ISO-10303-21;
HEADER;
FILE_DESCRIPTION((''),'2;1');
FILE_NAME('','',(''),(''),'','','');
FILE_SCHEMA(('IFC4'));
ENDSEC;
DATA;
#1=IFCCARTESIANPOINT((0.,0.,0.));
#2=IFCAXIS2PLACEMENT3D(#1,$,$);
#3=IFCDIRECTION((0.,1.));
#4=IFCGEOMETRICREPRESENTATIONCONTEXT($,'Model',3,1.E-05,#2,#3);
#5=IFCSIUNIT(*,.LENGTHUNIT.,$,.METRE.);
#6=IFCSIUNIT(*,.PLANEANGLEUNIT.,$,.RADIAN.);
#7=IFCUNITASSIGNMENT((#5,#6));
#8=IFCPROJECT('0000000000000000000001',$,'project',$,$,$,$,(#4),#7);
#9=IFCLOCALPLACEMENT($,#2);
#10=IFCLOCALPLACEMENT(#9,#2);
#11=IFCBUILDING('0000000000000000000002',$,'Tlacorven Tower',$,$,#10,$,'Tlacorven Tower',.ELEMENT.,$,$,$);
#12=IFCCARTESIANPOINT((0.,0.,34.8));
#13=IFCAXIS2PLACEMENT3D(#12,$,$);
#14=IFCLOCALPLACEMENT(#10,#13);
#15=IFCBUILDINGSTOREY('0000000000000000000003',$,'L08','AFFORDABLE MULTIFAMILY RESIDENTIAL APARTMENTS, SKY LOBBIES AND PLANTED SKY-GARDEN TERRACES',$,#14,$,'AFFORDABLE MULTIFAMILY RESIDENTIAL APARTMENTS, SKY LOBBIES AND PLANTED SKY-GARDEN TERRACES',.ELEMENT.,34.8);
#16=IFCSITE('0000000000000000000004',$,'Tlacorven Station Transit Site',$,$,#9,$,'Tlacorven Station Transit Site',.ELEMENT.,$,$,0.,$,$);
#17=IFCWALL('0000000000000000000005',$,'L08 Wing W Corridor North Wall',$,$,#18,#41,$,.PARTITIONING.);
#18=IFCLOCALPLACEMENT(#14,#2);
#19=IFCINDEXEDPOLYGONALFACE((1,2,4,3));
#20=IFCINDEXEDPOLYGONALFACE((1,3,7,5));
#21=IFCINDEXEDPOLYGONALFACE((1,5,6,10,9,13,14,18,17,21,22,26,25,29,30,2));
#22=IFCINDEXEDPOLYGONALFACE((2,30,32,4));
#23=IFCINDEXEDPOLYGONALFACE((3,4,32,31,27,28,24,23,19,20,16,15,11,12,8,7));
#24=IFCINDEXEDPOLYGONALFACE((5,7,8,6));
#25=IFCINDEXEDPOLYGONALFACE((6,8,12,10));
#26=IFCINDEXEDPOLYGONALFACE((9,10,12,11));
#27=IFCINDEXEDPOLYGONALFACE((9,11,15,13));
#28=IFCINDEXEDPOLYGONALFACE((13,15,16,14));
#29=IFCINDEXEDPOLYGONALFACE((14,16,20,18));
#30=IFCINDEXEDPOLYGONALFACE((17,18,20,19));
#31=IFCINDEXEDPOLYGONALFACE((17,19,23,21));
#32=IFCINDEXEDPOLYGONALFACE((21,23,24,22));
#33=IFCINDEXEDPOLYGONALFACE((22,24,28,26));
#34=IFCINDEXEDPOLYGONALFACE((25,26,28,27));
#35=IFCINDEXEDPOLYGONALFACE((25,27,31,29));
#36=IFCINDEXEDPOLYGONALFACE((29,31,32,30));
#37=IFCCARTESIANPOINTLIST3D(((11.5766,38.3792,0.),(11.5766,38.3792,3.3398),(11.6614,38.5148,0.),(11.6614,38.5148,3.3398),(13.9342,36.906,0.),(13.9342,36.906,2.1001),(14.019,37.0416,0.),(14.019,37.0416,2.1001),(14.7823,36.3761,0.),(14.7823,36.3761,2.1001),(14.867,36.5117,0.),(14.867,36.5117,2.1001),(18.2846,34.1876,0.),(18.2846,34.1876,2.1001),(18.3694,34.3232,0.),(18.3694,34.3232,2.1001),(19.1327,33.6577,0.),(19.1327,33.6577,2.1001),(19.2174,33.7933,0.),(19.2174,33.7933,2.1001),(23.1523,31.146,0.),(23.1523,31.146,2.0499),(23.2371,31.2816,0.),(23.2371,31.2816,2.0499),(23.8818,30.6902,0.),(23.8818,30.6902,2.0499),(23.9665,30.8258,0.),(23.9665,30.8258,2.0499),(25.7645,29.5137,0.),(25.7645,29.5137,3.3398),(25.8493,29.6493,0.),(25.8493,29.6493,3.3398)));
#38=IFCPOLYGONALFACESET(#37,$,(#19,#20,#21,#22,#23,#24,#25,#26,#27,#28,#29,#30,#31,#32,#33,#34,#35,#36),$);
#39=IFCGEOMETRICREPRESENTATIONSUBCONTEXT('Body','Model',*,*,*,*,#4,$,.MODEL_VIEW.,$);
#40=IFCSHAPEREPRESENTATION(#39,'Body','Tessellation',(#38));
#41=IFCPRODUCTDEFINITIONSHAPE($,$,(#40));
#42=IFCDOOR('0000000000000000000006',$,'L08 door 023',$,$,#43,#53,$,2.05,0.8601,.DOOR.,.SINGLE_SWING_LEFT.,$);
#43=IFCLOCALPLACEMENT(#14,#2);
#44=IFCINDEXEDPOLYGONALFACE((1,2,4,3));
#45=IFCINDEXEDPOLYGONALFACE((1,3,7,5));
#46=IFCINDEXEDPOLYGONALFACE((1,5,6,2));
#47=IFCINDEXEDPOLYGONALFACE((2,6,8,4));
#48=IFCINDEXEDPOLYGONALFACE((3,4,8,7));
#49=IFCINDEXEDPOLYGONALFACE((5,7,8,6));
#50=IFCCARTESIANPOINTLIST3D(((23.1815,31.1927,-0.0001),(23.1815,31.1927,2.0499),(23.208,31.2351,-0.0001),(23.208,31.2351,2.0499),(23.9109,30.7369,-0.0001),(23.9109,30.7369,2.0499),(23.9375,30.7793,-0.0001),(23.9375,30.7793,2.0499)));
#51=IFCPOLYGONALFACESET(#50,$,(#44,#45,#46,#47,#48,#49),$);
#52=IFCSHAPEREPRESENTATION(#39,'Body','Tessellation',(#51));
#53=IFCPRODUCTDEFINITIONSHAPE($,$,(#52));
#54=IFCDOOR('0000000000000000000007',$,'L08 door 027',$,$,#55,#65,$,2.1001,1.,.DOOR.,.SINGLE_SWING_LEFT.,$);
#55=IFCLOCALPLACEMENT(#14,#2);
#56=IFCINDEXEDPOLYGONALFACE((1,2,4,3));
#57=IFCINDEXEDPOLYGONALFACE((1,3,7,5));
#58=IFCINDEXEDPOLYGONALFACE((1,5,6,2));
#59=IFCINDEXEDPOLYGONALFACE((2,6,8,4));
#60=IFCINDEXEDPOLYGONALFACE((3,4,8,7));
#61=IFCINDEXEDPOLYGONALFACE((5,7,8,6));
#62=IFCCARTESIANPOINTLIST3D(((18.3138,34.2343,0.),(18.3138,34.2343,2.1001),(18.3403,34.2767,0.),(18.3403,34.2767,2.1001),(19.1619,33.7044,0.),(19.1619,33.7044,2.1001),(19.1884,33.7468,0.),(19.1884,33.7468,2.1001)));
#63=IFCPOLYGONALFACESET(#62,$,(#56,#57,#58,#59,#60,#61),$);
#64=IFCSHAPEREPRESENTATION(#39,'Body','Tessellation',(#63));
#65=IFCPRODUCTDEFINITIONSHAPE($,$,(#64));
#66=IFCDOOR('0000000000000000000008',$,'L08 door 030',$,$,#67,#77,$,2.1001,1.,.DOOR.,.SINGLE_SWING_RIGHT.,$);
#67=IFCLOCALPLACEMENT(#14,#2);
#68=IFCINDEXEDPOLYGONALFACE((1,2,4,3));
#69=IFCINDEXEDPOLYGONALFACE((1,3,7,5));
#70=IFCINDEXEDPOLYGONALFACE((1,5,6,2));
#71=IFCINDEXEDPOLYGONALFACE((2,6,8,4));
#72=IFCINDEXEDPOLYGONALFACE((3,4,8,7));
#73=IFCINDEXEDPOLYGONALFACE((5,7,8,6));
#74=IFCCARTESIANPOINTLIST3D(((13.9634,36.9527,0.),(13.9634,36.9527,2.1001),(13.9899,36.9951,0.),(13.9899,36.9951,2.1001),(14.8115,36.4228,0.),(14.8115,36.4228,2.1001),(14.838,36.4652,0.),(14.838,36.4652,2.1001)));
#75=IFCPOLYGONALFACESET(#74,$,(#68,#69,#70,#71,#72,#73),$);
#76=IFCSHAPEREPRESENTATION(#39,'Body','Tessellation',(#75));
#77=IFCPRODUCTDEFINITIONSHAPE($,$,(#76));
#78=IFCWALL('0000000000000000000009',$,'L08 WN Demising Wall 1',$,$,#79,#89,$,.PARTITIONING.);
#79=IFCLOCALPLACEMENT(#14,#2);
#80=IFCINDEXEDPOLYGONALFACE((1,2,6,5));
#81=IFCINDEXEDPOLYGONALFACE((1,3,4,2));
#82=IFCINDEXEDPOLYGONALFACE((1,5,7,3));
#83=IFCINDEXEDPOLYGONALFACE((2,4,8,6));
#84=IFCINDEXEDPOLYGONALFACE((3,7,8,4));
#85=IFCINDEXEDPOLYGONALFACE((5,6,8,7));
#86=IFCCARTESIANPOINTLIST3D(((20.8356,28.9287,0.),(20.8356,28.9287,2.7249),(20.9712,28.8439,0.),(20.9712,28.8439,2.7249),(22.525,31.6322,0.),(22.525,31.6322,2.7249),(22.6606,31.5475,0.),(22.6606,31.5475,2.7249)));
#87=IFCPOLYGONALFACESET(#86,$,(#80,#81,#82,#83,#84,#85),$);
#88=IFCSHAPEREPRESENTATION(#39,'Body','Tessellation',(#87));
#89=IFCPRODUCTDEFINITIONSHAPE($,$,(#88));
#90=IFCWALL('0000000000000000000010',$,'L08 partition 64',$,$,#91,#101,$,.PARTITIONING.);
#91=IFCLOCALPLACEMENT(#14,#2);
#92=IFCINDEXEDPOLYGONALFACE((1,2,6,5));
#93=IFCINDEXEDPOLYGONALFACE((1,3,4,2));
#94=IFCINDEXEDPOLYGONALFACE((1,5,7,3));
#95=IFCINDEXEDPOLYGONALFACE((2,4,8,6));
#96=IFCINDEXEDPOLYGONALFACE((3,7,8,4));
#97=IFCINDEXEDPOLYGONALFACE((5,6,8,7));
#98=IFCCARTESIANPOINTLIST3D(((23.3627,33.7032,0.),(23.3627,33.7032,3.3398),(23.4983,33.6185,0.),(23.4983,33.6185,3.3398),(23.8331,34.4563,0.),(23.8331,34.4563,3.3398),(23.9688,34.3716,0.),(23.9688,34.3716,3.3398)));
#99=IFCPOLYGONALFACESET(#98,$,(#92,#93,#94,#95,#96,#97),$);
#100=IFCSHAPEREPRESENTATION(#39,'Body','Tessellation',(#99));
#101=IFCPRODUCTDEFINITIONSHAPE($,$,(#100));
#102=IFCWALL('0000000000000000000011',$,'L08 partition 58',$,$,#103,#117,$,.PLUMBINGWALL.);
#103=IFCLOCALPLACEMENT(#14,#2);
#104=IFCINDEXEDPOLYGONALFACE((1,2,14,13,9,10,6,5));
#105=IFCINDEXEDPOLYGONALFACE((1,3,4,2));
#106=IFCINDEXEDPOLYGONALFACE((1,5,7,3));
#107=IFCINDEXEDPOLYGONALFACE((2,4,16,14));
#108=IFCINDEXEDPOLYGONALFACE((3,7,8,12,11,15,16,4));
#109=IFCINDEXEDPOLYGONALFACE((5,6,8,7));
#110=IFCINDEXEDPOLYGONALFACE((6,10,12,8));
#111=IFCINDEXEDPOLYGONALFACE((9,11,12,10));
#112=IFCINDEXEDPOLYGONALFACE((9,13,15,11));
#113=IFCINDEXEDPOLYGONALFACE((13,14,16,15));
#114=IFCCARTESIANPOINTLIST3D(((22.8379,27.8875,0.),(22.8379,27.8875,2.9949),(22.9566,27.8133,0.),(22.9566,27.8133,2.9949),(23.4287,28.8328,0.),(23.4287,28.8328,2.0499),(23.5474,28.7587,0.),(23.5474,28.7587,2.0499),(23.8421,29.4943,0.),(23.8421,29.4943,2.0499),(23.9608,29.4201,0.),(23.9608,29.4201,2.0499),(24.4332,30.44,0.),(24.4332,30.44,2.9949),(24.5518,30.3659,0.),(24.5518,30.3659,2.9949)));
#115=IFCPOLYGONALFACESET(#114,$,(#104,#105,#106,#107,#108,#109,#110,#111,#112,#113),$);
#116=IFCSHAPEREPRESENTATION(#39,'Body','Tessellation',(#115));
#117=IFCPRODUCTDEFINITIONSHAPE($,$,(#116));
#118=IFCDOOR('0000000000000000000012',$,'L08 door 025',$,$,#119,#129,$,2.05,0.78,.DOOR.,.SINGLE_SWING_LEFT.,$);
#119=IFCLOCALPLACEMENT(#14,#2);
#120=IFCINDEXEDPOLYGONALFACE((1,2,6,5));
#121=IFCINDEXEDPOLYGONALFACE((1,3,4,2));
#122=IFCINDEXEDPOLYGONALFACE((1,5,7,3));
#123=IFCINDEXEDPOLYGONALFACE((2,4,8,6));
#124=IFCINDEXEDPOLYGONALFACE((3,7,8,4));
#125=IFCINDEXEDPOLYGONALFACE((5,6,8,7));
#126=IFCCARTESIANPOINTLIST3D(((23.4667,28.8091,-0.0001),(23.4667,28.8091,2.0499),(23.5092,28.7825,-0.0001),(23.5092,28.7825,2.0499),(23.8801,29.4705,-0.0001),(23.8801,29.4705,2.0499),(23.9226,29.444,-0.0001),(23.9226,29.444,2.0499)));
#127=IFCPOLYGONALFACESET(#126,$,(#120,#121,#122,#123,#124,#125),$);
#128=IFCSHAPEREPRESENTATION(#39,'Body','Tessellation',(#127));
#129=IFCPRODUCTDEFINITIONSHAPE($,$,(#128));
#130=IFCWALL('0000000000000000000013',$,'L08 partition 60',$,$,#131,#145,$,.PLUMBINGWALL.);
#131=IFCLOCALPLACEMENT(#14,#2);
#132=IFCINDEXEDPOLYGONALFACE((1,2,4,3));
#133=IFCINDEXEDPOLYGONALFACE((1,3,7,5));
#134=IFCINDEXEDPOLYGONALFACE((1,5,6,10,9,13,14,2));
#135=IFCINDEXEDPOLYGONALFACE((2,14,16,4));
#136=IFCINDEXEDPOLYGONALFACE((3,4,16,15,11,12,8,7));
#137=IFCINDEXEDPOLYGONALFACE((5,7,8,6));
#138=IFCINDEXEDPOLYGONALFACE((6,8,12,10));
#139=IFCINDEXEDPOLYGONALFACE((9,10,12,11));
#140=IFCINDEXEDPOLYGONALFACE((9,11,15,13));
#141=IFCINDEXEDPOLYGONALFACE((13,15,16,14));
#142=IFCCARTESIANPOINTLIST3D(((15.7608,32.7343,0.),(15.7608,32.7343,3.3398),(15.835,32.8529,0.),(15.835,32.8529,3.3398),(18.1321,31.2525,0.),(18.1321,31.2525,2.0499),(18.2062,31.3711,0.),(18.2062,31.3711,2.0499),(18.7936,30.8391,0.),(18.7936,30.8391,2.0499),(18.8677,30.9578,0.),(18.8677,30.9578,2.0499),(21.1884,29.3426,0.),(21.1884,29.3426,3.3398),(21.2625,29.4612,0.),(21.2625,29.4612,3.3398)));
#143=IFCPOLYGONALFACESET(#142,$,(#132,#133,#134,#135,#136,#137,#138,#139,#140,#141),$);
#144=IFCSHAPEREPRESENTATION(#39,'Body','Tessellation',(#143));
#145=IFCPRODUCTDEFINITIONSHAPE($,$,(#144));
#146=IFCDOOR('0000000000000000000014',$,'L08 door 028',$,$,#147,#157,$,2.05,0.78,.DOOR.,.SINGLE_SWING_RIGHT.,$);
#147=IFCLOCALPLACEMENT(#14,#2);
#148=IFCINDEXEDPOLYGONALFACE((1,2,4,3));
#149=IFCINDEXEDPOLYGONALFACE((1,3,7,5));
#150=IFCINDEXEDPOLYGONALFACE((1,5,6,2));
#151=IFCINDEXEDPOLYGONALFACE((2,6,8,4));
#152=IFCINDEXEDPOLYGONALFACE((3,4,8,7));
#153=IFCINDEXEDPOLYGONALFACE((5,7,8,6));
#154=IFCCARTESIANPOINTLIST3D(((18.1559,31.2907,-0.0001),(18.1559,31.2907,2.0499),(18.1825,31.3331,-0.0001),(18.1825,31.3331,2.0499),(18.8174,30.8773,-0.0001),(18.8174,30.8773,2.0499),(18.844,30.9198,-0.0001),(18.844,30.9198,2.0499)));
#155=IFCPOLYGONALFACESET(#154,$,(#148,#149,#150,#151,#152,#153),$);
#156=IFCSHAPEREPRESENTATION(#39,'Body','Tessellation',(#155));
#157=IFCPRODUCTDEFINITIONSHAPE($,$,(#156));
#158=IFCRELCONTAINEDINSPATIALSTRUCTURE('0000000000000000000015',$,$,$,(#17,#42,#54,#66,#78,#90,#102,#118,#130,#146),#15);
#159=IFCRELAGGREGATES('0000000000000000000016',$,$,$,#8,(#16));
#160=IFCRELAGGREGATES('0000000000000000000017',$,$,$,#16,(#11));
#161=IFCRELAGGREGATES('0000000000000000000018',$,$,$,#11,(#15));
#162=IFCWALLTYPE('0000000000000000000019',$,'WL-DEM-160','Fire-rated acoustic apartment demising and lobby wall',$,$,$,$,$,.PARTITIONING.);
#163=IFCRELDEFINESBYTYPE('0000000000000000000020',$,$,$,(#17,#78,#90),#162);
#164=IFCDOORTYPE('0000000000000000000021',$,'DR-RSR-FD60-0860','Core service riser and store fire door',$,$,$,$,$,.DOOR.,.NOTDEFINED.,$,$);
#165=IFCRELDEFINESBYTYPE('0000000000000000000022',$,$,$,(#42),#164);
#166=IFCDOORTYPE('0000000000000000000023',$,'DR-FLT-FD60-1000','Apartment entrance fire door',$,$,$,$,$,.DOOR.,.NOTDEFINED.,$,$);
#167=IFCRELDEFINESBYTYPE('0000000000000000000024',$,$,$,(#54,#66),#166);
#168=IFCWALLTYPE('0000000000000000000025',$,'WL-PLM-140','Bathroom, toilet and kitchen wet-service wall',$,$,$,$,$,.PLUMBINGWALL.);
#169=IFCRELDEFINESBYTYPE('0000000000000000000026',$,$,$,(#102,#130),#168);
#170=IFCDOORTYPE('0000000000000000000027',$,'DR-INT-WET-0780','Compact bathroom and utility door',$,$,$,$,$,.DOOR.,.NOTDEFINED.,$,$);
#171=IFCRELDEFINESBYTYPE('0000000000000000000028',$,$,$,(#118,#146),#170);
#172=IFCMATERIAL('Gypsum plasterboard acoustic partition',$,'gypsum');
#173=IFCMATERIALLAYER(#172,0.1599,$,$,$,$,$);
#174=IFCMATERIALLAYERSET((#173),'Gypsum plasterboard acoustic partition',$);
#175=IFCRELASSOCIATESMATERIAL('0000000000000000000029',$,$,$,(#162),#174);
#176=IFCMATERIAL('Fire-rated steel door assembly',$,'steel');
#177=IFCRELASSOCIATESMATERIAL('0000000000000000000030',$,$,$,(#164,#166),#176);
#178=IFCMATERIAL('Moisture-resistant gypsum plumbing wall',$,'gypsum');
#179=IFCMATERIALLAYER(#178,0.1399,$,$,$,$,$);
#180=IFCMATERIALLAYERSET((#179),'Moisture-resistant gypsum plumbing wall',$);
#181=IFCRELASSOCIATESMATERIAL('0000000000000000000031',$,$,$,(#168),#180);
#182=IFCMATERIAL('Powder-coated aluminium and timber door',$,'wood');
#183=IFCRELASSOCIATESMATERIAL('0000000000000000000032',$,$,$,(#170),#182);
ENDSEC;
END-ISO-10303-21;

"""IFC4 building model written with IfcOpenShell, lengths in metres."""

from ifc_helpers import new_model, si_unit, direction, frame, frame_2d, origin, place, context, subcontext, project, spatial, rectangle, extrude, source, transform, mapped, material, layer, layer_set, type_object, element, fill, save


model = new_model("IFC4")

# Units and contexts
model_context = context("Model", 3, precision=1e-05, world=origin(), true_north=direction((0.0, 1.0)))
body_context = subcontext(model_context, "Body", "Model", "MODEL_VIEW")
ifc_project = project(units=[si_unit("LENGTHUNIT", "METRE"), si_unit("PLANEANGLEUNIT", "RADIAN")], contexts=[model_context])

# Site, building, storey
site_placement = place(None, origin())
site = spatial("IfcSite", under=ifc_project, at=site_placement, Name="Tlacorven Station Transit Site", LongName="Tlacorven Station Transit Site", CompositionType="ELEMENT", RefElevation=0.0)
building_placement = place(site_placement, origin())
building = spatial("IfcBuilding", under=site, at=building_placement, Name="Tlacorven Tower", LongName="Tlacorven Tower", CompositionType="ELEMENT")
storey_placement = place(building_placement, frame((0.0, 0.0, 34.8)))
storey = spatial("IfcBuildingStorey", under=building, at=storey_placement, Name="L08", Description="AFFORDABLE MULTIFAMILY RESIDENTIAL APARTMENTS, SKY LOBBIES AND PLANTED SKY-GARDEN TERRACES", LongName="AFFORDABLE MULTIFAMILY RESIDENTIAL APARTMENTS, SKY LOBBIES AND PLANTED SKY-GARDEN TERRACES", CompositionType="ELEMENT", Elevation=34.8)

# Shared definitions
ifc_material_1 = material(Name="Gypsum plasterboard acoustic partition", Category="gypsum")
ifc_layer_1 = layer(ifc_material_1, 0.1599)
ifc_layer_set_1 = layer_set([ifc_layer_1], Name="Gypsum plasterboard acoustic partition")
wall_type_1 = type_object("IfcWallType", Name="WL-DEM-160", Description="Fire-rated acoustic apartment demising and lobby wall", PredefinedType="PARTITIONING", material=ifc_layer_set_1)

# Wall, openings, doors
wall_1_placement = place(storey_placement, frame((25.8069, 29.5815, 0.0), z_axis=(0.0, 0.0, 1.0), x_axis=(-0.848052, 0.529912, 0.0)))
wall_1 = element("IfcWall", 1, at=wall_1_placement, inside=storey, type_object=wall_type_1, Name="L08 Wing W Corridor North Wall", PredefinedType="PARTITIONING", context=body_context, shape_type="SweptSolid", body=[
    extrude(rectangle(XDim=16.73, YDim=0.1599, at=frame_2d((8.365, 0.0))), origin(), (0.0, 0.0, 1.0), 3.3398),
])
opening_1_placement = place(wall_1_placement, frame((2.22, 0.0, 0.0)))
opening_1 = element("IfcOpeningElement", 2, at=opening_1_placement, cuts=wall_1, PredefinedType="OPENING", context=body_context, shape_type="SweptSolid", body=[
    extrude(rectangle(XDim=0.8601, YDim=2.05, at=frame_2d((0.4302, 1.0249))), frame((0.0, 0.0898, 0.0), z_axis=(0.0, -1.0, 0.0), x_axis=(1.0, 0.0, 0.0)), (0.0, 0.0, 1.0), 0.1799),
])
opening_2_placement = place(wall_1_placement, frame((7.8201, 0.0, 0.0)))
opening_2 = element("IfcOpeningElement", 3, at=opening_2_placement, cuts=wall_1, PredefinedType="OPENING", context=body_context, shape_type="SweptSolid", body=[
    extrude(rectangle(XDim=1.0, YDim=2.1001, at=frame_2d((0.5, 1.05))), frame((0.0, 0.0898, 0.0), z_axis=(0.0, -1.0, 0.0), x_axis=(1.0, 0.0, 0.0)), (0.0, 0.0, 1.0), 0.1799),
])
opening_3_placement = place(wall_1_placement, frame((12.95, 0.0, 0.0)))
opening_3 = element("IfcOpeningElement", 4, at=opening_3_placement, cuts=wall_1, PredefinedType="OPENING", context=body_context, shape_type="SweptSolid", body=[
    extrude(rectangle(XDim=1.0, YDim=2.1001, at=frame_2d((0.5, 1.05))), frame((0.0, 0.0898, 0.0), z_axis=(0.0, -1.0, 0.0), x_axis=(1.0, 0.0, 0.0)), (0.0, 0.0, 1.0), 0.1799),
])
ifc_material_2 = material(Name="Fire-rated steel door assembly", Category="steel")
door_type_1 = type_object("IfcDoorType", Name="DR-RSR-FD60-0860", Description="Core service riser and store fire door", OperationType="NOTDEFINED", PredefinedType="DOOR", material=ifc_material_2)
shared_shape_1 = source(origin(), body_context, "Body", "SweptSolid", [
    extrude(rectangle(XDim=0.8601, YDim=2.05, at=frame_2d((0.4302, 1.0249))), frame((0.0, 0.0249, 0.0), z_axis=(0.0, -1.0, 0.0), x_axis=(1.0, 0.0, 0.0)), (0.0, 0.0, 1.0), 0.05),
])
door_1_placement = place(opening_1_placement, origin())
door_1 = element("IfcDoor", 5, at=door_1_placement, inside=storey, type_object=door_type_1, Name="L08 door 023", OperationType="SINGLE_SWING_LEFT", OverallHeight=2.05, OverallWidth=0.8601, PredefinedType="DOOR", context=body_context, shape_type="MappedRepresentation", body=[
    mapped(shared_shape_1, transform((0.0, 0.0, 0.0), scale=1.0)),
])
fill(opening_1, door_1)
door_type_2 = type_object("IfcDoorType", Name="DR-FLT-FD60-1000", Description="Apartment entrance fire door", OperationType="NOTDEFINED", PredefinedType="DOOR", material=ifc_material_2)
shared_shape_2 = source(origin(), body_context, "Body", "SweptSolid", [
    extrude(rectangle(XDim=1.0, YDim=2.1001, at=frame_2d((0.5, 1.05))), frame((0.0, 0.0249, 0.0), z_axis=(0.0, -1.0, 0.0), x_axis=(1.0, 0.0, 0.0)), (0.0, 0.0, 1.0), 0.05),
])
door_2_placement = place(opening_2_placement, origin())
door_2 = element("IfcDoor", 6, at=door_2_placement, inside=storey, type_object=door_type_2, Name="L08 door 027", OperationType="SINGLE_SWING_LEFT", OverallHeight=2.1001, OverallWidth=1.0, PredefinedType="DOOR", context=body_context, shape_type="MappedRepresentation", body=[
    mapped(shared_shape_2, transform((0.0, 0.0, 0.0), scale=1.0)),
])
fill(opening_2, door_2)
door_3_placement = place(opening_3_placement, origin())
door_3 = element("IfcDoor", 7, at=door_3_placement, inside=storey, type_object=door_type_2, Name="L08 door 030", OperationType="SINGLE_SWING_RIGHT", OverallHeight=2.1001, OverallWidth=1.0, PredefinedType="DOOR", context=body_context, shape_type="MappedRepresentation", body=[
    mapped(shared_shape_2, transform((0.0, 0.0, 0.0), scale=1.0)),
])
fill(opening_3, door_3)

# Walls
wall_2_placement = place(storey_placement, frame((22.5928, 31.5898, 0.0), z_axis=(0.0, 0.0, 1.0), x_axis=(-0.52993, -0.848041, 0.0)))
element("IfcWall", 8, at=wall_2_placement, inside=storey, type_object=wall_type_1, Name="L08 WN Demising Wall 1", PredefinedType="PARTITIONING", context=body_context, shape_type="SweptSolid", body=[
    extrude(rectangle(XDim=3.188, YDim=0.1599, at=frame_2d((1.594, 0.0))), origin(), (0.0, 0.0, 1.0), 2.7249),
])
wall_3_placement = place(storey_placement, frame((23.9009, 34.4138, 0.0), z_axis=(0.0, 0.0, 1.0), x_axis=(-0.529777, -0.848137, 0.0)))
element("IfcWall", 9, at=wall_3_placement, inside=storey, type_object=wall_type_1, Name="L08 partition 64", PredefinedType="PARTITIONING", context=body_context, shape_type="SweptSolid", body=[
    extrude(rectangle(XDim=0.8879, YDim=0.1599, at=frame_2d((0.4438, 0.0))), origin(), (0.0, 0.0, 1.0), 3.3398),
])

# Walls, openings, doors
ifc_material_3 = material(Name="Moisture-resistant gypsum plumbing wall", Category="gypsum")
ifc_layer_2 = layer(ifc_material_3, 0.1399)
ifc_layer_set_2 = layer_set([ifc_layer_2], Name="Moisture-resistant gypsum plumbing wall")
wall_type_2 = type_object("IfcWallType", Name="WL-PLM-140", Description="Bathroom, toilet and kitchen wet-service wall", PredefinedType="PLUMBINGWALL", material=ifc_layer_set_2)
wall_4_placement = place(storey_placement, frame((24.4924, 30.4028, 0.0), z_axis=(0.0, 0.0, 1.0), x_axis=(-0.529977, -0.848012, 0.0)))
wall_4 = element("IfcWall", 10, at=wall_4_placement, inside=storey, type_object=wall_type_2, Name="L08 partition 58", PredefinedType="PLUMBINGWALL", context=body_context, shape_type="SweptSolid", body=[
    extrude(rectangle(XDim=3.01, YDim=0.1399, at=frame_2d((1.5049, 0.0))), origin(), (0.0, 0.0, 1.0), 2.9949),
])
opening_4_placement = place(wall_4_placement, frame((1.115, 0.0, 0.0)))
opening_4 = element("IfcOpeningElement", 11, at=opening_4_placement, cuts=wall_4, PredefinedType="OPENING", context=body_context, shape_type="SweptSolid", body=[
    extrude(rectangle(XDim=0.78, YDim=2.05, at=frame_2d((0.3901, 1.0249))), frame((0.0, 0.0801, 0.0), z_axis=(0.0, -1.0, 0.0), x_axis=(1.0, 0.0, 0.0)), (0.0, 0.0, 1.0), 0.1599),
])
ifc_material_4 = material(Name="Powder-coated aluminium and timber door", Category="wood")
door_type_3 = type_object("IfcDoorType", Name="DR-INT-WET-0780", Description="Compact bathroom and utility door", OperationType="NOTDEFINED", PredefinedType="DOOR", material=ifc_material_4)
shared_shape_3 = source(origin(), body_context, "Body", "SweptSolid", [
    extrude(rectangle(XDim=0.78, YDim=2.05, at=frame_2d((0.3901, 1.0249))), frame((0.0, 0.0249, 0.0), z_axis=(0.0, -1.0, 0.0), x_axis=(1.0, 0.0, 0.0)), (0.0, 0.0, 1.0), 0.05),
])
door_4_placement = place(opening_4_placement, origin())
door_4 = element("IfcDoor", 12, at=door_4_placement, inside=storey, type_object=door_type_3, Name="L08 door 025", OperationType="SINGLE_SWING_LEFT", OverallHeight=2.05, OverallWidth=0.78, PredefinedType="DOOR", context=body_context, shape_type="MappedRepresentation", body=[
    mapped(shared_shape_3, transform((0.0, 0.0, 0.0), scale=1.0)),
])
fill(opening_4, door_4)
wall_5_placement = place(storey_placement, frame((21.2256, 29.4019, 0.0), z_axis=(0.0, 0.0, 1.0), x_axis=(-0.848039, 0.529934, 0.0)))
wall_5 = element("IfcWall", 13, at=wall_5_placement, inside=storey, type_object=wall_type_2, Name="L08 partition 60", PredefinedType="PLUMBINGWALL", context=body_context, shape_type="SweptSolid", body=[
    extrude(rectangle(XDim=6.4001, YDim=0.1399, at=frame_2d((3.2002, 0.0))), origin(), (0.0, 0.0, 1.0), 3.3398),
])
opening_5_placement = place(wall_5_placement, frame((2.824, 0.0, 0.0)))
opening_5 = element("IfcOpeningElement", 14, at=opening_5_placement, cuts=wall_5, PredefinedType="OPENING", context=body_context, shape_type="SweptSolid", body=[
    extrude(rectangle(XDim=0.78, YDim=2.05, at=frame_2d((0.3901, 1.0249))), frame((0.0, 0.0801, 0.0), z_axis=(0.0, -1.0, 0.0), x_axis=(1.0, 0.0, 0.0)), (0.0, 0.0, 1.0), 0.1599),
])
door_5_placement = place(opening_5_placement, origin())
door_5 = element("IfcDoor", 15, at=door_5_placement, inside=storey, type_object=door_type_3, Name="L08 door 028", OperationType="SINGLE_SWING_RIGHT", OverallHeight=2.05, OverallWidth=0.78, PredefinedType="DOOR", context=body_context, shape_type="MappedRepresentation", body=[
    mapped(shared_shape_3, transform((0.0, 0.0, 0.0), scale=1.0)),
])
fill(opening_5, door_5)

save(model, "model.ifc")
